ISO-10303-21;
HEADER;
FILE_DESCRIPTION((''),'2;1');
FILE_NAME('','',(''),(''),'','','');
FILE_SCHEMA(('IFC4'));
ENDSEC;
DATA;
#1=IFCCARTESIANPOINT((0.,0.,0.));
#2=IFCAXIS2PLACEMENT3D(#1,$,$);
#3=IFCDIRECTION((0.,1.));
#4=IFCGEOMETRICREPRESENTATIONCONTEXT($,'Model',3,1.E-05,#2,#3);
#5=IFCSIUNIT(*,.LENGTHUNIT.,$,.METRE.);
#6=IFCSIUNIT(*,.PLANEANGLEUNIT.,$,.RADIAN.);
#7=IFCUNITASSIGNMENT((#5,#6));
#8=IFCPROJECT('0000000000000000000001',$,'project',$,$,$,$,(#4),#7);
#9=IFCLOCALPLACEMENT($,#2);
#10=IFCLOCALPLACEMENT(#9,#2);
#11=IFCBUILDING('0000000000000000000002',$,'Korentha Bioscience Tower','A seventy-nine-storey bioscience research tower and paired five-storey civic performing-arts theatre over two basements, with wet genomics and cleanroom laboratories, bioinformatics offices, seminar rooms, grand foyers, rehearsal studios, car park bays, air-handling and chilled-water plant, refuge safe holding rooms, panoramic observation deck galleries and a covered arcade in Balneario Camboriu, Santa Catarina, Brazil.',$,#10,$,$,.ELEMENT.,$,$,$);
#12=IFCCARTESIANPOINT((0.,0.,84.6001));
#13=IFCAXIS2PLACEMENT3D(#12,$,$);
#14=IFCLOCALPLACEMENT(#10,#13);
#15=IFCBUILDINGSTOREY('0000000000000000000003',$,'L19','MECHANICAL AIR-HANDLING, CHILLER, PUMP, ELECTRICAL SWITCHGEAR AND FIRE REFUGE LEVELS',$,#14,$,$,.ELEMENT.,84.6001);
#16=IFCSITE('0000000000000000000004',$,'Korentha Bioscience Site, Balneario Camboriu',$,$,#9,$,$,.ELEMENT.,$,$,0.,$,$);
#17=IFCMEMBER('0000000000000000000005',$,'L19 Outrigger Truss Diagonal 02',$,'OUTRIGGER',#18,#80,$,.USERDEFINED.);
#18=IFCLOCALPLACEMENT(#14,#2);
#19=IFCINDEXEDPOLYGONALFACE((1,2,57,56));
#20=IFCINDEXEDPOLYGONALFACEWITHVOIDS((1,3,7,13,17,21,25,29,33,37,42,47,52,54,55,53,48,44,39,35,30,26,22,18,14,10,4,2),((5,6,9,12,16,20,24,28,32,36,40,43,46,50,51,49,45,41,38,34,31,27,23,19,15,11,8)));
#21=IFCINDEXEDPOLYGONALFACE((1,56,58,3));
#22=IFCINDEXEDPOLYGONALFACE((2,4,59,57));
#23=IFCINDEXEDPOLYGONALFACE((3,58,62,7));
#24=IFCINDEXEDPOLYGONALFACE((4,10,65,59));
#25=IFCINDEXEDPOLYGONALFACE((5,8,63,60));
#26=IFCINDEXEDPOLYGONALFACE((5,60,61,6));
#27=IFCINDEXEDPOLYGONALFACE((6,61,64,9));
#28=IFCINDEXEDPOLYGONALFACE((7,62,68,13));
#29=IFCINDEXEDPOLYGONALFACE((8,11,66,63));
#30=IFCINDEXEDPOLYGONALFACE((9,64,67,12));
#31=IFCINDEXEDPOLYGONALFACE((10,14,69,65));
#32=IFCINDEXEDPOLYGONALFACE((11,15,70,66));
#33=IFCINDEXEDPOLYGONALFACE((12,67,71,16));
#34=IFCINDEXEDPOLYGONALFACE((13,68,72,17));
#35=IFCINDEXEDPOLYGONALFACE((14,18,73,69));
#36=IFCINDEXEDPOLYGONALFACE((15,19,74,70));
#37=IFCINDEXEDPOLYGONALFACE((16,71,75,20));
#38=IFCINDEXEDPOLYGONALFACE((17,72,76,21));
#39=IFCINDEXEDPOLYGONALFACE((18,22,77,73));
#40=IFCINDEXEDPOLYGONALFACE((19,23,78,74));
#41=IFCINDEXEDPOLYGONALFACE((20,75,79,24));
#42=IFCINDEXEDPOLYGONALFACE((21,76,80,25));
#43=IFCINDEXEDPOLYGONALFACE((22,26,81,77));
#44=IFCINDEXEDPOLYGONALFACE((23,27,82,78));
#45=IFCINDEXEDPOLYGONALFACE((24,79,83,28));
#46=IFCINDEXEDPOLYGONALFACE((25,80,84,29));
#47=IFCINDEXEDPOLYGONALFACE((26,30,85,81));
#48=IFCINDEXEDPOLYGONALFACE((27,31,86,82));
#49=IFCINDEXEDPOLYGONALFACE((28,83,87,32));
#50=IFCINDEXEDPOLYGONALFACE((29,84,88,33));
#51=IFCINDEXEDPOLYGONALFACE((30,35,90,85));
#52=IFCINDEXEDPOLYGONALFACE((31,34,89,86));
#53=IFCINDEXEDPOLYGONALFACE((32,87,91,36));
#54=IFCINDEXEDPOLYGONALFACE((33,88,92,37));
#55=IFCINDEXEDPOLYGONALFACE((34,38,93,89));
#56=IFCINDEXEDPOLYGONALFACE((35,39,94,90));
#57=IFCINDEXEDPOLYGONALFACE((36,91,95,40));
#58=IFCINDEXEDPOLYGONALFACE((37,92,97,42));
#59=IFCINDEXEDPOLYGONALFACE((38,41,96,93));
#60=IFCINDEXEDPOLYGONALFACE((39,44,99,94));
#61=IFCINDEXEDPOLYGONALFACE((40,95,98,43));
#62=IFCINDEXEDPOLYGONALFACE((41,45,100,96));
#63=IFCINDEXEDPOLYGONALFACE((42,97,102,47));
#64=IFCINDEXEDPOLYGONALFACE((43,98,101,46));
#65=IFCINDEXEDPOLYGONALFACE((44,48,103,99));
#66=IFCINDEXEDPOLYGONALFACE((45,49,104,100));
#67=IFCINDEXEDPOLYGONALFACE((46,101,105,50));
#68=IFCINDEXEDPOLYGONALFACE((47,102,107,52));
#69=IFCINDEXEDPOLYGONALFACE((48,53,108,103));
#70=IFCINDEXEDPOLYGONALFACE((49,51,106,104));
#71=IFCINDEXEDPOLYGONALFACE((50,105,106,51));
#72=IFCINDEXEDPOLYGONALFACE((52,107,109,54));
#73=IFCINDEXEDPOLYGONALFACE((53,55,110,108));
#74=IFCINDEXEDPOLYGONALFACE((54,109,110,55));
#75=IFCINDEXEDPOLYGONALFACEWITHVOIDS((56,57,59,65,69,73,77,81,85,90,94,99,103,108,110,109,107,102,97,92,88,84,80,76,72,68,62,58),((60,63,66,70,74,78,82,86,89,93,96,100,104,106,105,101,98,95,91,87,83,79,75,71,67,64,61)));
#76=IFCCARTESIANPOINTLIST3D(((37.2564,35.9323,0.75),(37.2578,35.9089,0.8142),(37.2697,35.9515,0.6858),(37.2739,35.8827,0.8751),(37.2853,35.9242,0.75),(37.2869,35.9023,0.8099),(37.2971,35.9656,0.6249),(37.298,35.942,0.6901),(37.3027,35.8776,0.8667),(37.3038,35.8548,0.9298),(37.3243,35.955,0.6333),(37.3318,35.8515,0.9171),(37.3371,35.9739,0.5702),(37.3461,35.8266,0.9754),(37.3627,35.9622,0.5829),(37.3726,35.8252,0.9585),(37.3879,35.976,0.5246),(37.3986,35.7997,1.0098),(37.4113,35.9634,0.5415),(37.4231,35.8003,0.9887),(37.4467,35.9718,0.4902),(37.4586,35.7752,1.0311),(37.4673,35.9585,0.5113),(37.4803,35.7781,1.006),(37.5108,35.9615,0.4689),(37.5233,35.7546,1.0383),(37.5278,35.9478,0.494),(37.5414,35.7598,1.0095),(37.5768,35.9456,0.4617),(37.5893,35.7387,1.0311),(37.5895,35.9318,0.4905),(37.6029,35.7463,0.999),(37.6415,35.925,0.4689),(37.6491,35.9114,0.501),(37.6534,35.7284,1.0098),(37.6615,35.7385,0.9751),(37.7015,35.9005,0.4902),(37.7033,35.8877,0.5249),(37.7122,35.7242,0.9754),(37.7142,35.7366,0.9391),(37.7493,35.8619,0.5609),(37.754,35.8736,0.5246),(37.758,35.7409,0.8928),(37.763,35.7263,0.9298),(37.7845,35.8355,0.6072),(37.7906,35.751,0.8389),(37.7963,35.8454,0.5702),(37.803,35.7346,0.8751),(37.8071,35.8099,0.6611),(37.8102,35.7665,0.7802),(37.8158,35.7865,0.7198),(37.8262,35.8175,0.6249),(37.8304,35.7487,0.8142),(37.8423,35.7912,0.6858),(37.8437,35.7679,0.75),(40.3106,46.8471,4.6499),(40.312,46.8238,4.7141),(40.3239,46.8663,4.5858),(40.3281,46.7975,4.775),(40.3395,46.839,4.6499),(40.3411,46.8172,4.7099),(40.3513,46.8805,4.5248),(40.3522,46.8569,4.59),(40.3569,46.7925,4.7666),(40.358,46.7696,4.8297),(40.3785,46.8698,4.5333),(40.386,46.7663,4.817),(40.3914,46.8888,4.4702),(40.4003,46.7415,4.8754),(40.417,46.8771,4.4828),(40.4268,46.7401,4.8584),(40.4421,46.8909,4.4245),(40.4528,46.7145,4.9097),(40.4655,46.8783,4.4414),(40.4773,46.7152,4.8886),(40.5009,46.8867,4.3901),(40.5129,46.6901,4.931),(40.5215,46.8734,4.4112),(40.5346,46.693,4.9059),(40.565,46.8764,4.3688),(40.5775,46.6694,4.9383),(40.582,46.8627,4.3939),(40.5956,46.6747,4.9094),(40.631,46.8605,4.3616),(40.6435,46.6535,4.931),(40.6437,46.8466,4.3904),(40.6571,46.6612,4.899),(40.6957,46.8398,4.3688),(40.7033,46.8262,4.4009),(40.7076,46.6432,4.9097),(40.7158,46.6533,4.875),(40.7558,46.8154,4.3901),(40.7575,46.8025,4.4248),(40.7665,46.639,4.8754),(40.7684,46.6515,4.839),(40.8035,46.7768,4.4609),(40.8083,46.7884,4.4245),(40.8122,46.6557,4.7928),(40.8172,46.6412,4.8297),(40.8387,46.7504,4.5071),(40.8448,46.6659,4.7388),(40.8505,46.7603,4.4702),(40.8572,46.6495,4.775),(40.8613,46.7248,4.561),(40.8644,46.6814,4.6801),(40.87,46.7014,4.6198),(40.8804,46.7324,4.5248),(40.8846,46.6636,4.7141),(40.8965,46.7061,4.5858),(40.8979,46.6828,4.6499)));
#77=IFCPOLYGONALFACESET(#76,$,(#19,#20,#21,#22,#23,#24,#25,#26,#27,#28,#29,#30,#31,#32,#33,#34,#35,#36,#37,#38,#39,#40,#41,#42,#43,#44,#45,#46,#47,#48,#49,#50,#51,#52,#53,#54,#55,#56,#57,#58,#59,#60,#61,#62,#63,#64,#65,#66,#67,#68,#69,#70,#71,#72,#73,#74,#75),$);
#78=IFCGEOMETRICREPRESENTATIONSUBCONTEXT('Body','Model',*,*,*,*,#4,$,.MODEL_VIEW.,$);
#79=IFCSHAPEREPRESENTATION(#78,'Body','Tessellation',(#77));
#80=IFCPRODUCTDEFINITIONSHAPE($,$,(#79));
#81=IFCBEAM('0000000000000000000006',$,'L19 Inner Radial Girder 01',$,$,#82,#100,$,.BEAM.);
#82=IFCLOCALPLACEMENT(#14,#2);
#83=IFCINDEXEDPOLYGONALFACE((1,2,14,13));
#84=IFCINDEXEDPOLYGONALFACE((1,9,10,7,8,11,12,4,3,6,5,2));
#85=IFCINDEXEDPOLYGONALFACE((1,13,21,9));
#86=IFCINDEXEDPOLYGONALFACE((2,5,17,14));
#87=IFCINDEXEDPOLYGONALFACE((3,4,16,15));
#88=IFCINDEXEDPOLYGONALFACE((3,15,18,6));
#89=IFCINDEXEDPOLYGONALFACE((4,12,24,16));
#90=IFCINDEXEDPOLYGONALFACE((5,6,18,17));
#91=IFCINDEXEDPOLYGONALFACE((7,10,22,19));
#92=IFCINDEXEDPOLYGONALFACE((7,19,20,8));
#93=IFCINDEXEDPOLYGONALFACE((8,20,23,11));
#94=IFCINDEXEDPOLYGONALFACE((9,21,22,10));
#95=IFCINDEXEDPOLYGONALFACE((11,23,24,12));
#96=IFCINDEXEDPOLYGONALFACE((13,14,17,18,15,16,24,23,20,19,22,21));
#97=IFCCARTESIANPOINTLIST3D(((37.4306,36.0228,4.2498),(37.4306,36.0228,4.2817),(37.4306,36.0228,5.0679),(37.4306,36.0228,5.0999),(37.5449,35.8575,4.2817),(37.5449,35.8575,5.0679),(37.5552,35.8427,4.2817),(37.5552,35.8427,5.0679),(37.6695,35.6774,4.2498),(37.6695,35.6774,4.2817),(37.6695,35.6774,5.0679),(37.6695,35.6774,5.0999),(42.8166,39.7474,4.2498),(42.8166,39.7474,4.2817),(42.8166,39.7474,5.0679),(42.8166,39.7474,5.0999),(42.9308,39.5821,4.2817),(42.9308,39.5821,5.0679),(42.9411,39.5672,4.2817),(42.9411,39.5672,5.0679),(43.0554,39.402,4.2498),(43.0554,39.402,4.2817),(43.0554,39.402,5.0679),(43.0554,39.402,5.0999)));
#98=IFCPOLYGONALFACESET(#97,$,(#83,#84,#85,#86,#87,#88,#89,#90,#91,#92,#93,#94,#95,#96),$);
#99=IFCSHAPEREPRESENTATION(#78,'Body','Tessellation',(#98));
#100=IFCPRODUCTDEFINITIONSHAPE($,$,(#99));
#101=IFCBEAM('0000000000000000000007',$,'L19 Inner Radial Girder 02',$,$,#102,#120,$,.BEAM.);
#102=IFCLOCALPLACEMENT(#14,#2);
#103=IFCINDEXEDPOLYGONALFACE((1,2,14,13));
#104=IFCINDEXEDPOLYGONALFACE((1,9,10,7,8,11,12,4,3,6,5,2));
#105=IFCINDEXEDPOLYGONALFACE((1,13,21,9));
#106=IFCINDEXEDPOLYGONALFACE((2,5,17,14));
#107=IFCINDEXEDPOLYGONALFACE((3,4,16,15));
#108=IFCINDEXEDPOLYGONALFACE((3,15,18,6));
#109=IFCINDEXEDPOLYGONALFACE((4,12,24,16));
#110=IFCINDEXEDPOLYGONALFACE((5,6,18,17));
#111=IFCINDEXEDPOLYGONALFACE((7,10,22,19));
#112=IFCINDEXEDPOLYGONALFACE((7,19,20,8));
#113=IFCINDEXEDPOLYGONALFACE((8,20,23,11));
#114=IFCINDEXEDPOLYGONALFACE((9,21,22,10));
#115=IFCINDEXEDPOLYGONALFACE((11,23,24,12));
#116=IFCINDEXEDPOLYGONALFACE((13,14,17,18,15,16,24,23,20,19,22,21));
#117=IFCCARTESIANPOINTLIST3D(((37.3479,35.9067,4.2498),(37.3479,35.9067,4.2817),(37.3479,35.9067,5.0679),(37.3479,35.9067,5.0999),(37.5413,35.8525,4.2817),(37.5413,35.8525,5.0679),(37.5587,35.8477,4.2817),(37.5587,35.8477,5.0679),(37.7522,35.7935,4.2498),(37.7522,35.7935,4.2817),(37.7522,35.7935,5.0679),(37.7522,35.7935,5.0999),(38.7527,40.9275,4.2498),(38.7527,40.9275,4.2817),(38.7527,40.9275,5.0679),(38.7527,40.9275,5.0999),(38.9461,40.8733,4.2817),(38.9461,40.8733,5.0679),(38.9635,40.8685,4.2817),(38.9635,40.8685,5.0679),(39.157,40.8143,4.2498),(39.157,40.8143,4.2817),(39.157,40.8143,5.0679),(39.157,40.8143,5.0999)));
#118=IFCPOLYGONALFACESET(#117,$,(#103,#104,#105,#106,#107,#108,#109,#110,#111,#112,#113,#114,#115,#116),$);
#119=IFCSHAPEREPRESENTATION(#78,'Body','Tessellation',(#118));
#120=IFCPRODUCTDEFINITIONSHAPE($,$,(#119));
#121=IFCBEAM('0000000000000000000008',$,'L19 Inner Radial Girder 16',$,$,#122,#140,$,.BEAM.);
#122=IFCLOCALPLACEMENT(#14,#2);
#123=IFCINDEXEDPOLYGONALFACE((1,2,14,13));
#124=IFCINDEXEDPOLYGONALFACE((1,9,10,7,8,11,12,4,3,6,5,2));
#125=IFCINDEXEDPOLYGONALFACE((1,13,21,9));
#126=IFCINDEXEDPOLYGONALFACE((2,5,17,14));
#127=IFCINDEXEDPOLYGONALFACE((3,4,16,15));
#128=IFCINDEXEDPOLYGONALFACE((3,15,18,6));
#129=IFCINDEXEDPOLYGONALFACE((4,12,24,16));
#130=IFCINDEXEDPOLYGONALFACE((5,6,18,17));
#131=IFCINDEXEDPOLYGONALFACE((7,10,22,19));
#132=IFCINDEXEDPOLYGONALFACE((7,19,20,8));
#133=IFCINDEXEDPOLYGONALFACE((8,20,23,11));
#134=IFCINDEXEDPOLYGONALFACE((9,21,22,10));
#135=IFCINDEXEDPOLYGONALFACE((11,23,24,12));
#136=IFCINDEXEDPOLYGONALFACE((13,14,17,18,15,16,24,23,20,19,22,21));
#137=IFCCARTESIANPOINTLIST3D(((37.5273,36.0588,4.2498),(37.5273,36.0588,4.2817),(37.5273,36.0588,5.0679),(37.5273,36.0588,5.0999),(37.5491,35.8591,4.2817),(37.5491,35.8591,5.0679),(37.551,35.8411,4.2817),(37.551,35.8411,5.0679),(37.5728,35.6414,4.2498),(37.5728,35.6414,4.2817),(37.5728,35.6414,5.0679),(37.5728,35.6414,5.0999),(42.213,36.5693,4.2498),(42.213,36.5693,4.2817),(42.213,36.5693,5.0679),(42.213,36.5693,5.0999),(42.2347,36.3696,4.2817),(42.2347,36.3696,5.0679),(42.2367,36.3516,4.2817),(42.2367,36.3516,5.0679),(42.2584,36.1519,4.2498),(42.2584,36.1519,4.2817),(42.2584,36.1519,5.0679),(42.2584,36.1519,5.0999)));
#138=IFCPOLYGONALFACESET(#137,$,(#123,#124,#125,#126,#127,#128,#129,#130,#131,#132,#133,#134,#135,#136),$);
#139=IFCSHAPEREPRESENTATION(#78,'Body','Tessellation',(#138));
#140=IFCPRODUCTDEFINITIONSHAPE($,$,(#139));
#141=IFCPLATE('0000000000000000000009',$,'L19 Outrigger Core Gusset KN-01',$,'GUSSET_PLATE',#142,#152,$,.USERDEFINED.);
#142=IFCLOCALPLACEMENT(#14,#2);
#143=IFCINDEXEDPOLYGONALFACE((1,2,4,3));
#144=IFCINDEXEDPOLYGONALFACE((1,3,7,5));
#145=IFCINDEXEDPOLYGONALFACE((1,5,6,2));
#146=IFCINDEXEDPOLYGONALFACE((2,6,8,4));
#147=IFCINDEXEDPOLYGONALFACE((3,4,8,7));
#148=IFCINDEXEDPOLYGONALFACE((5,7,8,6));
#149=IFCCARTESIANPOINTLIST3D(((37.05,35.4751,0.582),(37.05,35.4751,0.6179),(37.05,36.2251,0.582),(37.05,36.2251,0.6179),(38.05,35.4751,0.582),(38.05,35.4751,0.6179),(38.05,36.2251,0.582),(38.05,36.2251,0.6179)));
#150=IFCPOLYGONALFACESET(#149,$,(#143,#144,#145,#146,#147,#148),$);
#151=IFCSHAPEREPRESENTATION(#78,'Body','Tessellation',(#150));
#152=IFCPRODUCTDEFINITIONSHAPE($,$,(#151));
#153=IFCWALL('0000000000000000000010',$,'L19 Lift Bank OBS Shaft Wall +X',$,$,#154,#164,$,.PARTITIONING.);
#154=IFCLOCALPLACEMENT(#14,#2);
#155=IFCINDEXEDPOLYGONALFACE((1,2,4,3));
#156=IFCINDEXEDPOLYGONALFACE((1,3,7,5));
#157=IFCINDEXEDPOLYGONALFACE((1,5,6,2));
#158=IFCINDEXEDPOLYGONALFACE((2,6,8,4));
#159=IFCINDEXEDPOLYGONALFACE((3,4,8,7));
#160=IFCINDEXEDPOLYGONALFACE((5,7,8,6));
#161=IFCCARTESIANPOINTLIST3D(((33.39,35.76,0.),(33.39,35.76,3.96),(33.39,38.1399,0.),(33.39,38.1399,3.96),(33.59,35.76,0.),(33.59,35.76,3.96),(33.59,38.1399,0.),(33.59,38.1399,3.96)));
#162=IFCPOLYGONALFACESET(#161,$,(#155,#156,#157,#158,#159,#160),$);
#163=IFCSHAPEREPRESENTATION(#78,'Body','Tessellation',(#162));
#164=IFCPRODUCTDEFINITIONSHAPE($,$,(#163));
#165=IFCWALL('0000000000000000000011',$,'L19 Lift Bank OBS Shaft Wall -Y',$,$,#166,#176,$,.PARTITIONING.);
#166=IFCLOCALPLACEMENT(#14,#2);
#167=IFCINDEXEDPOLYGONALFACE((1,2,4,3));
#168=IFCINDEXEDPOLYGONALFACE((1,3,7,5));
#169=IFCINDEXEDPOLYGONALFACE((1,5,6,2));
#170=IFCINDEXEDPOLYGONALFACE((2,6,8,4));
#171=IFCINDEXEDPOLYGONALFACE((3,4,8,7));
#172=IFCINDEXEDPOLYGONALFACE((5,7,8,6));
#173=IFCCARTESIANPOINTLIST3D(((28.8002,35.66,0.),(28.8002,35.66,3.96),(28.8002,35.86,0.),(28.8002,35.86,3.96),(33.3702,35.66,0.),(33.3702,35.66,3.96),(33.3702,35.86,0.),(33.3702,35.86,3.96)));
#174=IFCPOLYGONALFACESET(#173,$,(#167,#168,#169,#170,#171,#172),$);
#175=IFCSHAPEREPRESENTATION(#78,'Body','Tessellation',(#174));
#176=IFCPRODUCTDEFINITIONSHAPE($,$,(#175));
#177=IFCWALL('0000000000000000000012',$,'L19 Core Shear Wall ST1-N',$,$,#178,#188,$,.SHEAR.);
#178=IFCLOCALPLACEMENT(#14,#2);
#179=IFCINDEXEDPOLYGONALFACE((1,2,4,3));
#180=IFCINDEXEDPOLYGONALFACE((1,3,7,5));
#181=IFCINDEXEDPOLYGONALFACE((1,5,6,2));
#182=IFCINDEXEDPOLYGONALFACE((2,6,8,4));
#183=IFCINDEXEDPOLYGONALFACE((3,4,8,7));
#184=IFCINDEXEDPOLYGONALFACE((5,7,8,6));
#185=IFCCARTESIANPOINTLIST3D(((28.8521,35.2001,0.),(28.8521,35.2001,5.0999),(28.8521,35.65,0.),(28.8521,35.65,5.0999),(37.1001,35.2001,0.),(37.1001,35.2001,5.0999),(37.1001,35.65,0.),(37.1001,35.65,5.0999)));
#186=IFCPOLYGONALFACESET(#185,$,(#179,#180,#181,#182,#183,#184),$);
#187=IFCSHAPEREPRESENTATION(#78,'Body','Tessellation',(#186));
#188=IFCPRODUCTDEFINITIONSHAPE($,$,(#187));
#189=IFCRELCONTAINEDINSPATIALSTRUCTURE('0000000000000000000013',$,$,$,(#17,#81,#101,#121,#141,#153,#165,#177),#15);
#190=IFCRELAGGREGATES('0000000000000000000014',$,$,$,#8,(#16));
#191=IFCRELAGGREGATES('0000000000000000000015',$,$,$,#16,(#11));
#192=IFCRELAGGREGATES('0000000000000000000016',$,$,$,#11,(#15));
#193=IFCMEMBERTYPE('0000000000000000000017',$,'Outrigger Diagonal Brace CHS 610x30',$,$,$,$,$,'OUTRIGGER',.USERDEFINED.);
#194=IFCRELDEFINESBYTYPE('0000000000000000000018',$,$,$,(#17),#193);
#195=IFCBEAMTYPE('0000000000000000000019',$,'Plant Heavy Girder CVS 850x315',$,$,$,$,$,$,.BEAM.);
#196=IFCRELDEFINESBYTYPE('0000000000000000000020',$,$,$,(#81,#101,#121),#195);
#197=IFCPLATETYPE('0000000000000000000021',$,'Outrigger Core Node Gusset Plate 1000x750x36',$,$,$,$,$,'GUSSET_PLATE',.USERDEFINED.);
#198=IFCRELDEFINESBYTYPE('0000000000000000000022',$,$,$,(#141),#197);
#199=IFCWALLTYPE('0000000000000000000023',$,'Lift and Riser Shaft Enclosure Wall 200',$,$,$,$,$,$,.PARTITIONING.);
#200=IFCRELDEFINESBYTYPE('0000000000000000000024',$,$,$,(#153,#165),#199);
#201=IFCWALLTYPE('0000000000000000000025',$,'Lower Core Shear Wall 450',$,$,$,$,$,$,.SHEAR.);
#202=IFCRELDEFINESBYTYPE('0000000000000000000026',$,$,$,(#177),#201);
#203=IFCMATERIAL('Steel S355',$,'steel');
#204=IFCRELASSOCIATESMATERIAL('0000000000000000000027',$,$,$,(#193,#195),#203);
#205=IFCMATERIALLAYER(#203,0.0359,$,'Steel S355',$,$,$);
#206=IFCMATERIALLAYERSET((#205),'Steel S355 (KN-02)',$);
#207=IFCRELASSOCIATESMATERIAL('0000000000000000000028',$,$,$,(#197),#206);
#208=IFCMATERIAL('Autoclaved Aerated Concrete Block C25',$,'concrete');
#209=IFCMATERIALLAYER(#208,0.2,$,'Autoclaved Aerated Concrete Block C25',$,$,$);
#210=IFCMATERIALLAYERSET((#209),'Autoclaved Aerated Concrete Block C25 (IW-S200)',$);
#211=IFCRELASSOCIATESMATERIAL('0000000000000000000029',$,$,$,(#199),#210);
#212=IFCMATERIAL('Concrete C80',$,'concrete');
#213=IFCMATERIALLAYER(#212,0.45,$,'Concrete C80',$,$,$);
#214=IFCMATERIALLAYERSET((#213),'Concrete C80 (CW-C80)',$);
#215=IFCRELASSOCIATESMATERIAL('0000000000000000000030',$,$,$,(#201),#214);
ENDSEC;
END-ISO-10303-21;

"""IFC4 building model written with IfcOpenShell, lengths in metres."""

from ifc_helpers import new_model, si_unit, direction, frame, frame_2d, origin, origin_2d, place, context, subcontext, project, spatial, rectangle, hollow_circle, i_section, extrude, material, layer, layer_set, material_profile, profile_set, type_object, element, save


model = new_model("IFC4")

# Units and contexts
model_context = context("Model", 3, precision=1e-05, world=origin(), true_north=direction((0.0, 1.0)))
body_context = subcontext(model_context, "Body", "Model", "MODEL_VIEW")
ifc_project = project(units=[si_unit("LENGTHUNIT", "METRE"), si_unit("PLANEANGLEUNIT", "RADIAN")], contexts=[model_context])

# Site, building, storey
site_placement = place(None, origin())
site = spatial("IfcSite", under=ifc_project, at=site_placement, Name="Korentha Bioscience Site, Balneario Camboriu", CompositionType="ELEMENT", RefElevation=0.0)
building_placement = place(site_placement, origin())
building = spatial("IfcBuilding", under=site, at=building_placement, Name="Korentha Bioscience Tower", Description="A seventy-nine-storey bioscience research tower and paired five-storey civic performing-arts theatre over two basements, with wet genomics and cleanroom laboratories, bioinformatics offices, seminar rooms, grand foyers, rehearsal studios, car park bays, air-handling and chilled-water plant, refuge safe holding rooms, panoramic observation deck galleries and a covered arcade in Balneario Camboriu, Santa Catarina, Brazil.", CompositionType="ELEMENT")
storey_placement = place(building_placement, frame((0.0, 0.0, 84.6001)))
storey = spatial("IfcBuildingStorey", under=building, at=storey_placement, Name="L19", Description="MECHANICAL AIR-HANDLING, CHILLER, PUMP, ELECTRICAL SWITCHGEAR AND FIRE REFUGE LEVELS", CompositionType="ELEMENT", Elevation=84.6001)

# Shared definitions
ifc_material_1 = material(Name="Steel S355", Category="steel")

# Member
ifc_material_profile_1 = material_profile(ifc_material_1, hollow_circle(Radius=0.3049, WallThickness=0.03, at=origin_2d()), Name="Steel S355")
ifc_profile_set_1 = profile_set([ifc_material_profile_1], Name="Steel S355 (OU-610)")
member_type = type_object("IfcMemberType", Name="Outrigger Diagonal Brace CHS 610x30", ElementType="OUTRIGGER", PredefinedType="USERDEFINED", material=ifc_profile_set_1)
member_1_placement = place(storey_placement, frame((37.55, 35.8501, 0.75), z_axis=(0.254809, 0.91061, 0.325365), x_axis=(-0.963009, 0.269471, 0.0)))
element("IfcMember", 1, at=member_1_placement, inside=storey, type_object=member_type, Name="L19 Outrigger Truss Diagonal 02", ObjectType="OUTRIGGER", PredefinedType="USERDEFINED", context=body_context, shape_type="SweptSolid", body=[
    extrude(hollow_circle(Radius=0.3049, WallThickness=0.03, at=origin_2d()), origin(), (0.0, 0.0, 1.0), 11.9863),
])

# Beams
ifc_material_profile_2 = material_profile(ifc_material_1, i_section(OverallWidth=0.4199, OverallDepth=0.8501, WebThickness=0.0181, FlangeThickness=0.032, at=origin_2d()), Name="Steel S355")
ifc_profile_set_2 = profile_set([ifc_material_profile_2], Name="Steel S355 (MB-850)")
beam_type_1 = type_object("IfcBeamType", Name="Plant Heavy Girder CVS 850x315", PredefinedType="BEAM", material=ifc_profile_set_2)
beam_1_placement = place(storey_placement, frame((37.55, 35.8501, 4.6748), z_axis=(0.822489, 0.568781, 0.0), x_axis=(-0.568781, 0.822489, 0.0)))
element("IfcBeam", 2, at=beam_1_placement, inside=storey, type_object=beam_type_1, Name="L19 Inner Radial Girder 01", PredefinedType="BEAM", context=body_context, shape_type="SweptSolid", body=[
    extrude(i_section(OverallWidth=0.4199, OverallDepth=0.8501, WebThickness=0.0181, FlangeThickness=0.032, at=origin_2d()), origin(), (0.0, 0.0, 1.0), 6.5483),
])
beam_2_placement = place(storey_placement, frame((37.55, 35.8501, 4.6748), z_axis=(0.269448, 0.963015, 0.0), x_axis=(-0.963015, 0.269448, 0.0)))
element("IfcBeam", 3, at=beam_2_placement, inside=storey, type_object=beam_type_1, Name="L19 Inner Radial Girder 02", PredefinedType="BEAM", context=body_context, shape_type="SweptSolid", body=[
    extrude(i_section(OverallWidth=0.4199, OverallDepth=0.8501, WebThickness=0.0181, FlangeThickness=0.032, at=origin_2d()), origin(), (0.0, 0.0, 1.0), 5.2136),
])
beam_3_placement = place(storey_placement, frame((37.55, 35.8501, 4.6748), z_axis=(0.994117, 0.108311, 0.0), x_axis=(-0.108311, 0.994117, 0.0)))
element("IfcBeam", 4, at=beam_3_placement, inside=storey, type_object=beam_type_1, Name="L19 Inner Radial Girder 16", PredefinedType="BEAM", context=body_context, shape_type="SweptSolid", body=[
    extrude(i_section(OverallWidth=0.4199, OverallDepth=0.8501, WebThickness=0.0181, FlangeThickness=0.032, at=origin_2d()), origin(), (0.0, 0.0, 1.0), 4.7134),
])

# Plate
ifc_layer_1 = layer(ifc_material_1, 0.0359, Name="Steel S355")
ifc_layer_set_1 = layer_set([ifc_layer_1], Name="Steel S355 (KN-02)")
plate_type = type_object("IfcPlateType", Name="Outrigger Core Node Gusset Plate 1000x750x36", ElementType="GUSSET_PLATE", PredefinedType="USERDEFINED", material=ifc_layer_set_1)
plate_placement = place(storey_placement, frame((37.55, 35.8501, 0.582), z_axis=(0.0, 0.0, 1.0), x_axis=(1.0, 0.0, 0.0)))
element("IfcPlate", 5, at=plate_placement, inside=storey, type_object=plate_type, Name="L19 Outrigger Core Gusset KN-01", ObjectType="GUSSET_PLATE", PredefinedType="USERDEFINED", context=body_context, shape_type="SweptSolid", body=[
    extrude(rectangle(XDim=1.0, YDim=0.75, at=origin_2d()), origin(), (0.0, 0.0, 1.0), 0.0359),
])

# Walls
ifc_material_2 = material(Name="Autoclaved Aerated Concrete Block C25", Category="concrete")
ifc_layer_2 = layer(ifc_material_2, 0.2, Name="Autoclaved Aerated Concrete Block C25")
ifc_layer_set_2 = layer_set([ifc_layer_2], Name="Autoclaved Aerated Concrete Block C25 (IW-S200)")
wall_type_1 = type_object("IfcWallType", Name="Lift and Riser Shaft Enclosure Wall 200", PredefinedType="PARTITIONING", material=ifc_layer_set_2)
wall_1_placement = place(storey_placement, frame((33.49, 35.76, 0.0), z_axis=(0.0, 0.0, 1.0), x_axis=(0.0, 1.0, 0.0)))
element("IfcWall", 6, at=wall_1_placement, inside=storey, type_object=wall_type_1, Name="L19 Lift Bank OBS Shaft Wall +X", PredefinedType="PARTITIONING", context=body_context, shape_type="SweptSolid", body=[
    extrude(rectangle(XDim=2.3799, YDim=0.2, at=frame_2d((1.1899, 0.0))), origin(), (0.0, 0.0, 1.0), 3.96),
])
wall_2_placement = place(storey_placement, frame((28.8, 35.76, 0.0), z_axis=(0.0, 0.0, 1.0), x_axis=(1.0, 0.0, 0.0)))
element("IfcWall", 7, at=wall_2_placement, inside=storey, type_object=wall_type_1, Name="L19 Lift Bank OBS Shaft Wall -Y", PredefinedType="PARTITIONING", context=body_context, shape_type="SweptSolid", body=[
    extrude(rectangle(XDim=4.5701, YDim=0.2, at=frame_2d((2.2852, 0.0))), origin(), (0.0, 0.0, 1.0), 3.96),
])
ifc_material_3 = material(Name="Concrete C80", Category="concrete")
ifc_layer_3 = layer(ifc_material_3, 0.45, Name="Concrete C80")
ifc_layer_set_3 = layer_set([ifc_layer_3], Name="Concrete C80 (CW-C80)")
wall_type_2 = type_object("IfcWallType", Name="Lower Core Shear Wall 450", PredefinedType="SHEAR", material=ifc_layer_set_3)
wall_3_placement = place(storey_placement, frame((28.8521, 35.425, 0.0), z_axis=(0.0, 0.0, 1.0), x_axis=(1.0, 0.0, 0.0)))
element("IfcWall", 8, at=wall_3_placement, inside=storey, type_object=wall_type_2, Name="L19 Core Shear Wall ST1-N", PredefinedType="SHEAR", context=body_context, shape_type="SweptSolid", body=[
    extrude(rectangle(XDim=8.248, YDim=0.45, at=frame_2d((4.124, 0.0))), origin(), (0.0, 0.0, 1.0), 5.0999),
])

save(model, "model.ifc")
